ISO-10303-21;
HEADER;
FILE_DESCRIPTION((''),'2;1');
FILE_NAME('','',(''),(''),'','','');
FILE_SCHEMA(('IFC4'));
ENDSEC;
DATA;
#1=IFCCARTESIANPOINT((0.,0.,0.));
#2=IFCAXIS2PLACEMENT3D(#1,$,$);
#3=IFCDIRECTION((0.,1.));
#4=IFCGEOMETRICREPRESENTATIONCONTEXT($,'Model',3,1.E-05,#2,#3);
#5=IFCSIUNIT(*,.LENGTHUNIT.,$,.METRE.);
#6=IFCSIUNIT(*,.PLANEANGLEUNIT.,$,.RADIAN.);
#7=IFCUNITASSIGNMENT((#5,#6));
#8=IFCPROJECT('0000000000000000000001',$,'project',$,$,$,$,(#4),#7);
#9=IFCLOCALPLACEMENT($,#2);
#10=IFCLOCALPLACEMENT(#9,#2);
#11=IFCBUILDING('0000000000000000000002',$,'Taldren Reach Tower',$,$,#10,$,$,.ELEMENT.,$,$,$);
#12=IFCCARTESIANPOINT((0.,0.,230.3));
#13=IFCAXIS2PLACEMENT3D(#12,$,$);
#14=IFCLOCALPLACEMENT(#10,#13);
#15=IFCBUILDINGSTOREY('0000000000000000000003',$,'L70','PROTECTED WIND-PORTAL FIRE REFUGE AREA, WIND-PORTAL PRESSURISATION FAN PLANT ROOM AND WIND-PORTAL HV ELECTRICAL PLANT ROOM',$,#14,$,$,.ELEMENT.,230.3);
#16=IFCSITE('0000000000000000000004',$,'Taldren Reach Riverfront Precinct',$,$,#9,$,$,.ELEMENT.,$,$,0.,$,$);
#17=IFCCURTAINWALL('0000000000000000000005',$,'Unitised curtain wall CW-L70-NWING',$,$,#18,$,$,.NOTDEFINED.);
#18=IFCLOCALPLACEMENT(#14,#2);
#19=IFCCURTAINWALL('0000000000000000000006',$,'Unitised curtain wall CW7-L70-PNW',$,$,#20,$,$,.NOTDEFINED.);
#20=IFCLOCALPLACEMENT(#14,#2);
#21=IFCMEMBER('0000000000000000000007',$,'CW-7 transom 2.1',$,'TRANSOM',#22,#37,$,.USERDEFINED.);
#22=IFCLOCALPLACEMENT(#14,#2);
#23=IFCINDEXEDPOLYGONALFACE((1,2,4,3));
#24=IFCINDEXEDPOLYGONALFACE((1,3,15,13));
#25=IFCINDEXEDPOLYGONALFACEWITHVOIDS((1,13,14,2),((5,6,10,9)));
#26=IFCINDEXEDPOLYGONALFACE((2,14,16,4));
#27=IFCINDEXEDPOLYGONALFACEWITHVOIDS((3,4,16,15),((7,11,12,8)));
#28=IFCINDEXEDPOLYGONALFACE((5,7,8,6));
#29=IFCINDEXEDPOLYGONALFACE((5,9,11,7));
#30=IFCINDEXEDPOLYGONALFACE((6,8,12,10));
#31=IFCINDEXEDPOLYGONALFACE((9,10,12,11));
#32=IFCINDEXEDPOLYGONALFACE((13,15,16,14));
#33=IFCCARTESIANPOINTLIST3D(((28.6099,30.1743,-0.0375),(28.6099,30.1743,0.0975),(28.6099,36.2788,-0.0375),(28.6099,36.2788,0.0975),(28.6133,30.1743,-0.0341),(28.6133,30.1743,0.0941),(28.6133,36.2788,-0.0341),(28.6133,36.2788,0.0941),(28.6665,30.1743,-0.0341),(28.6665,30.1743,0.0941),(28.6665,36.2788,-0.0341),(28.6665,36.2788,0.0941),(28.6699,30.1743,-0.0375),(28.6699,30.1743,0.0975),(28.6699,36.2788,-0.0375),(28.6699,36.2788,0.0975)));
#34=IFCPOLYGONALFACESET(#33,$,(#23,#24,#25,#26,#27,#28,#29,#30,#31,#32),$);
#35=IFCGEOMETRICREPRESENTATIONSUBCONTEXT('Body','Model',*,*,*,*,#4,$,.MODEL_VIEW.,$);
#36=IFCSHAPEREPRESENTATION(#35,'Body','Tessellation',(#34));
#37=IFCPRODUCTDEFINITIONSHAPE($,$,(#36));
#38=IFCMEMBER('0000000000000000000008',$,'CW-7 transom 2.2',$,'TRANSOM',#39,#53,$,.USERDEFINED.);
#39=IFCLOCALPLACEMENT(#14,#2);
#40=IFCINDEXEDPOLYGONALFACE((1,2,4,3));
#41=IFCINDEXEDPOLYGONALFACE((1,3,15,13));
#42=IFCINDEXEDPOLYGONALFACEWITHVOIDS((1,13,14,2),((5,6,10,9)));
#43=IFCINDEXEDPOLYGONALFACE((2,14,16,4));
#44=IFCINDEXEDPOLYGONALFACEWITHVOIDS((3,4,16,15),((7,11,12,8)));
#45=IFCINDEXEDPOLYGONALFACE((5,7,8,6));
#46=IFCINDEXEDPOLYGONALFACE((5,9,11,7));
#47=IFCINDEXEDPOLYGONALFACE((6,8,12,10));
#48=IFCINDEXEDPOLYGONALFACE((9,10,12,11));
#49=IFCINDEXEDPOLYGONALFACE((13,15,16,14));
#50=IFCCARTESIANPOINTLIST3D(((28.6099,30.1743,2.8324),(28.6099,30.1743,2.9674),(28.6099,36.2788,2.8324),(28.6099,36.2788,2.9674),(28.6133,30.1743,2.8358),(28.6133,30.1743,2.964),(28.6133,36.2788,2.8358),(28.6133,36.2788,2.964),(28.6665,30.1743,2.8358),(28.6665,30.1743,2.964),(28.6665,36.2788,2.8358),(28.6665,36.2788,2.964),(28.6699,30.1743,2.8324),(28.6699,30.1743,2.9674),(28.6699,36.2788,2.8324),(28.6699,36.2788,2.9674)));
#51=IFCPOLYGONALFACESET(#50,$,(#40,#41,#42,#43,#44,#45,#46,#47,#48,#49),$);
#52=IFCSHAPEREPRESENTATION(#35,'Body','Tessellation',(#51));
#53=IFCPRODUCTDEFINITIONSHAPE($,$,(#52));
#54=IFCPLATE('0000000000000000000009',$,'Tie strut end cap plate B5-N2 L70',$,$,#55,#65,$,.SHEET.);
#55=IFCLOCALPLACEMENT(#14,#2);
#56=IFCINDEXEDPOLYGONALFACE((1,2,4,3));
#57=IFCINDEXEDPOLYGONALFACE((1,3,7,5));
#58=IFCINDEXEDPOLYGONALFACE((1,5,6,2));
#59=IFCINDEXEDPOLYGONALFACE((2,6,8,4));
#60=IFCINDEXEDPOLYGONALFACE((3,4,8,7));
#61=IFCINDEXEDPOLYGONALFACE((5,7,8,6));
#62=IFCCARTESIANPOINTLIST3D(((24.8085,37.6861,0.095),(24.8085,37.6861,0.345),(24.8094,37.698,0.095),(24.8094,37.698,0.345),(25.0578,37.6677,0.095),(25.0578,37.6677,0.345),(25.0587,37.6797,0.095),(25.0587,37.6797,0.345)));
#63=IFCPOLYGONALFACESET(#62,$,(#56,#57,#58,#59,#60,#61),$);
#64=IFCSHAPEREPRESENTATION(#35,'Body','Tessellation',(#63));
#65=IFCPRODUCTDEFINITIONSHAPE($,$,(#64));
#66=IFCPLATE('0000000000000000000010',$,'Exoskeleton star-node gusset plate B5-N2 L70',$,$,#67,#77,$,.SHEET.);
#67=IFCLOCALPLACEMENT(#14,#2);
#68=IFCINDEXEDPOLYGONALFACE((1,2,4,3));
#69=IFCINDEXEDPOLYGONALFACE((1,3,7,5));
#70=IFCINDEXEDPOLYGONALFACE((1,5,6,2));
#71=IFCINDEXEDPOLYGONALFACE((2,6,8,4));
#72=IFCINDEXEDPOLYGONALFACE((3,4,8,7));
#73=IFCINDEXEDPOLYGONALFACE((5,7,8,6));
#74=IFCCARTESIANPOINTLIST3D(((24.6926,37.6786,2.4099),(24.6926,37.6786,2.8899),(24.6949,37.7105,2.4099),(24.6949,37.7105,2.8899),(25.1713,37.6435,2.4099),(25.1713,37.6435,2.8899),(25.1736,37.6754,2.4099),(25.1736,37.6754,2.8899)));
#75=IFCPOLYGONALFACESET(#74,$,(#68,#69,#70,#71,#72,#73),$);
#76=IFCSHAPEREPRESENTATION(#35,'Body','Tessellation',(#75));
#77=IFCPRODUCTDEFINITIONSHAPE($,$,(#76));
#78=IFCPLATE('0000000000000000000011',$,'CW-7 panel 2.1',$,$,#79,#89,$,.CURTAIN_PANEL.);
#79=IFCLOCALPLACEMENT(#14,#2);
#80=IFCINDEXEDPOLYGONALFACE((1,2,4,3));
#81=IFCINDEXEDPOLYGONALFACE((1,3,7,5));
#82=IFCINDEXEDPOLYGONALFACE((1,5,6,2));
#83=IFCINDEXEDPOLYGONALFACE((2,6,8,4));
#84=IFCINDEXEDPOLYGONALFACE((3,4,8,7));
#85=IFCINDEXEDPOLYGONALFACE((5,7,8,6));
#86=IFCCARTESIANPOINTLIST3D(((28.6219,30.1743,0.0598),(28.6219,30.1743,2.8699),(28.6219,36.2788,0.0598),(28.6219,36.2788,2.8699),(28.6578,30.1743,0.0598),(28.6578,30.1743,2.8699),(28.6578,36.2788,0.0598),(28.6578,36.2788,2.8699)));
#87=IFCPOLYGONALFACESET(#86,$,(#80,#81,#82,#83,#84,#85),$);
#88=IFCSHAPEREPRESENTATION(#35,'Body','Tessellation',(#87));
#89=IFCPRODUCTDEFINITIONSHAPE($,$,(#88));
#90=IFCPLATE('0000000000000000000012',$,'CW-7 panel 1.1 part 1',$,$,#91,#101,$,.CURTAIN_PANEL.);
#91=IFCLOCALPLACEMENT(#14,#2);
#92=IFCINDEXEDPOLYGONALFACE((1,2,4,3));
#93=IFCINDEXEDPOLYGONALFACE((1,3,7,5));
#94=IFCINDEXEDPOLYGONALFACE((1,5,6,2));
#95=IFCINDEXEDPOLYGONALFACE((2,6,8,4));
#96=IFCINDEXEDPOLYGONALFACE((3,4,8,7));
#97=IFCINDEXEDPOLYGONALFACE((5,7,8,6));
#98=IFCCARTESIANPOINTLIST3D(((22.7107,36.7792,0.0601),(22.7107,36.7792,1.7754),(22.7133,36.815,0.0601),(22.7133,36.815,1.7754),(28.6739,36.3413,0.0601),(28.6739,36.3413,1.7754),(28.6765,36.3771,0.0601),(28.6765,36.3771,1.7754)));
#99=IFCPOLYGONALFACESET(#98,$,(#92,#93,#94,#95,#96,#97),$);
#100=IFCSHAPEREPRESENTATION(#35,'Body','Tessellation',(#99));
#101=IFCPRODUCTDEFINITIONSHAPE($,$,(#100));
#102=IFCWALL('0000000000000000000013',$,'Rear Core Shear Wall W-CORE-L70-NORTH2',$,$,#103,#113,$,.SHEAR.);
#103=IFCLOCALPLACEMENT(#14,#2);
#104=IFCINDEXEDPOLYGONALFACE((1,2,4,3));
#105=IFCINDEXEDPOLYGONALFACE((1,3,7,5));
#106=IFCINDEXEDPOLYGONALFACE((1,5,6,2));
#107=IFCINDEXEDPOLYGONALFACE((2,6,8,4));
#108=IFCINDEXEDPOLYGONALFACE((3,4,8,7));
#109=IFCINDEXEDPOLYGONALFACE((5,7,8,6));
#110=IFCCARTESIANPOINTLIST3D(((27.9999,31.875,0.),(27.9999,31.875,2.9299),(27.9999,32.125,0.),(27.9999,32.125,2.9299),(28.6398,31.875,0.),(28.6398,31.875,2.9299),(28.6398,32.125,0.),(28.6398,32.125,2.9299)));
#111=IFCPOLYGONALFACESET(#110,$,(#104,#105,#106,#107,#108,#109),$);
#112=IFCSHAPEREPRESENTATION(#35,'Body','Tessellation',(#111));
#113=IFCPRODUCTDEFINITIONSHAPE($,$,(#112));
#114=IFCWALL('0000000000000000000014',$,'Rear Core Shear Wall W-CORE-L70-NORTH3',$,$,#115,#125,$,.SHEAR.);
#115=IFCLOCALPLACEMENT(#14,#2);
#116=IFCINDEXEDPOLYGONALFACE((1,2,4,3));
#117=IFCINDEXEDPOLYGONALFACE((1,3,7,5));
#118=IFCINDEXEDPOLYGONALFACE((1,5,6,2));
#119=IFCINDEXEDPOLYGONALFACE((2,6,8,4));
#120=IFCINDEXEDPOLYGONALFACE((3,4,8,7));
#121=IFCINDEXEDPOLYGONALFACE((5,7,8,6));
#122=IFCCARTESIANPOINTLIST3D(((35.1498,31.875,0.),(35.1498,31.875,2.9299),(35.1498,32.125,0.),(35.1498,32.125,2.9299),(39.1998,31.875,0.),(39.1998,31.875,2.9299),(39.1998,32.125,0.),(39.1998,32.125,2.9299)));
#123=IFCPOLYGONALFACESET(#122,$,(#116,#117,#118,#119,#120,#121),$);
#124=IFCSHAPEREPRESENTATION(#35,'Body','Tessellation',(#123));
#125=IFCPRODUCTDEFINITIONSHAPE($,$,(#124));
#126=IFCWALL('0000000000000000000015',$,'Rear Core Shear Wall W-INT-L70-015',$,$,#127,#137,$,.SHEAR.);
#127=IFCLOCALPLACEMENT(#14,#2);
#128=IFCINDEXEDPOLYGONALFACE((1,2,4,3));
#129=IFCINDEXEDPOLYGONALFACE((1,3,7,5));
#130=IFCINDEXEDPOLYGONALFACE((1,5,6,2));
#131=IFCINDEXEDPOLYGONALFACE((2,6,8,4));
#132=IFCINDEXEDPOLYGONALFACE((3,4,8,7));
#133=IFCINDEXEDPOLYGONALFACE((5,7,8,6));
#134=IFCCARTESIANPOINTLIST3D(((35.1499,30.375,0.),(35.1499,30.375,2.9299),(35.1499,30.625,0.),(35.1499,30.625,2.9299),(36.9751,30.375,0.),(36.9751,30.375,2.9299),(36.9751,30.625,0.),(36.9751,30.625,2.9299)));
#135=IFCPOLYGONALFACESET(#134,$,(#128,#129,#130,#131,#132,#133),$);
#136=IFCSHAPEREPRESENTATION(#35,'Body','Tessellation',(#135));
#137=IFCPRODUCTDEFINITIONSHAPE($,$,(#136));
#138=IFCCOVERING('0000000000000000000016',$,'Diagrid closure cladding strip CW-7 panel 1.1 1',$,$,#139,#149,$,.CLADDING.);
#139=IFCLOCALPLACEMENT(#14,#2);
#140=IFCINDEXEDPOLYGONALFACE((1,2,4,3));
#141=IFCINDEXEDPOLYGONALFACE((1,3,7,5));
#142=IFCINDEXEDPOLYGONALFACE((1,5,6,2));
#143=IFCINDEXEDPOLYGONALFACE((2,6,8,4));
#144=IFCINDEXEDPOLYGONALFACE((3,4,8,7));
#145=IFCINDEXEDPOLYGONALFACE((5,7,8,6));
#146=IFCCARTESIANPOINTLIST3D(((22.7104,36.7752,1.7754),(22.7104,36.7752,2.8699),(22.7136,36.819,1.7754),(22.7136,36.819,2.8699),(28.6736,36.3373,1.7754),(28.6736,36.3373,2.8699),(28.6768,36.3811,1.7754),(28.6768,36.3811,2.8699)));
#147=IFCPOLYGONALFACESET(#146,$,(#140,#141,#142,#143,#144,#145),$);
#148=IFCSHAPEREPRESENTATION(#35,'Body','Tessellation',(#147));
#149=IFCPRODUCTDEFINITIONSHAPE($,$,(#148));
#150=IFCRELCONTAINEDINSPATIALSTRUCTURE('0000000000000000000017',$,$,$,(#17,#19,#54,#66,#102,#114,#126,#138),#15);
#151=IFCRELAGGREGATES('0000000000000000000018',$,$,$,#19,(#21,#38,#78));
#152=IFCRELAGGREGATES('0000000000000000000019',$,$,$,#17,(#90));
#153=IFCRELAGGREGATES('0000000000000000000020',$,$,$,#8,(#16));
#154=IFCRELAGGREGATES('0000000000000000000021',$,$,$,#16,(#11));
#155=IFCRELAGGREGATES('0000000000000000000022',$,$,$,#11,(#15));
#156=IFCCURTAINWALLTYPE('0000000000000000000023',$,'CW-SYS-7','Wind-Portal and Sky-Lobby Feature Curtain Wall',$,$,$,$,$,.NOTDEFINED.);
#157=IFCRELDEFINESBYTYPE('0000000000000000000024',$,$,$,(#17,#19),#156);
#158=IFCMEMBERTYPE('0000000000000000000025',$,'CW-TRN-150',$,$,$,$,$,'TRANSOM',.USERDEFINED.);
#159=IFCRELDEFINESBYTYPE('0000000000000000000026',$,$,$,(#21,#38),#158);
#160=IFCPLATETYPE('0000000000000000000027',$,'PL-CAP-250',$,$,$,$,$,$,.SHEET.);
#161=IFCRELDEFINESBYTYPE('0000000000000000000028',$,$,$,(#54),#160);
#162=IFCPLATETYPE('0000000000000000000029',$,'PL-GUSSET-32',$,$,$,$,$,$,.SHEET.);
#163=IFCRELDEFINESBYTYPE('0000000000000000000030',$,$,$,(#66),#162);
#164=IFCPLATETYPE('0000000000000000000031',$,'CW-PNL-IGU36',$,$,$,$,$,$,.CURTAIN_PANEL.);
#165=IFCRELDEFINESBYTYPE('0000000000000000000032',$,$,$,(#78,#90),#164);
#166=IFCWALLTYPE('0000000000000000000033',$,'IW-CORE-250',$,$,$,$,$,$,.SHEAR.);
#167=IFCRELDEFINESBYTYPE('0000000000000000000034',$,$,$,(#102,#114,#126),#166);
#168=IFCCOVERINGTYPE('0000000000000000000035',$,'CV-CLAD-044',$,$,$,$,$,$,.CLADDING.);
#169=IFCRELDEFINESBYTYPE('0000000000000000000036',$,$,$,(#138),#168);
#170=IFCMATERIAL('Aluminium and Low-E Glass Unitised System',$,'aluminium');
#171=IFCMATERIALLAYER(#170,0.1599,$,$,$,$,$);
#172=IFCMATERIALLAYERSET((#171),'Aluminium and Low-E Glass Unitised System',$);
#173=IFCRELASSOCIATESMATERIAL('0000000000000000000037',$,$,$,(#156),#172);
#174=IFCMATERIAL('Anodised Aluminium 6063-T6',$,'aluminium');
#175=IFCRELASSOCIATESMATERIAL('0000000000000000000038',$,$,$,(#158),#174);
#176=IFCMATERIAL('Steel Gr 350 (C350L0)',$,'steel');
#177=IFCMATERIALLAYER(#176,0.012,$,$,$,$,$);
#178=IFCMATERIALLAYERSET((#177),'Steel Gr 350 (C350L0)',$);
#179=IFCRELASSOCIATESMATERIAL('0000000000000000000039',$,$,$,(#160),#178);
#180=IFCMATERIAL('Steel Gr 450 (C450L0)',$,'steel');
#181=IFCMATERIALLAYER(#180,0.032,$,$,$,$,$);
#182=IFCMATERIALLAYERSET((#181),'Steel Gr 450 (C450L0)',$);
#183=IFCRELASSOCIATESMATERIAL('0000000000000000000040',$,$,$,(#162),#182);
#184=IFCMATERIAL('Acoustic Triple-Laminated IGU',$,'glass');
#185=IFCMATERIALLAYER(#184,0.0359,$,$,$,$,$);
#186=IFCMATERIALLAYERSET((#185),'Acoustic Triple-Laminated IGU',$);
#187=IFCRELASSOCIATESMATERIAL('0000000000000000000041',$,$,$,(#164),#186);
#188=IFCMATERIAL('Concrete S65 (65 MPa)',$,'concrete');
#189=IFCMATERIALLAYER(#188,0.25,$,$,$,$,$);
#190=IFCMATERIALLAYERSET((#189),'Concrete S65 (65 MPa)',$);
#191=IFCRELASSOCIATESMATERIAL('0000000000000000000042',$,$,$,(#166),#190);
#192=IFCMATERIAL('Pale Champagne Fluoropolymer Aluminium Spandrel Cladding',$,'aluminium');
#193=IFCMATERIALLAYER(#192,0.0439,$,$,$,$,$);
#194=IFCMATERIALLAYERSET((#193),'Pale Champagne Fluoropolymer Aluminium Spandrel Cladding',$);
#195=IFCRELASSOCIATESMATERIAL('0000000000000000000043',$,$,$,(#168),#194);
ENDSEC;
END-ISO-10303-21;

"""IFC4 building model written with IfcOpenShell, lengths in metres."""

from ifc_helpers import new_model, si_unit, direction, frame, frame_2d, origin, origin_2d, place, context, subcontext, project, spatial, rectangle, hollow_rectangle, extrude, source, transform, mapped, material, layer, layer_set, material_profile, profile_set, type_object, element, aggregate, save


model = new_model("IFC4")

# Units and contexts
model_context = context("Model", 3, precision=1e-05, world=origin(), true_north=direction((0.0, 1.0)))
body_context = subcontext(model_context, "Body", "Model", "MODEL_VIEW")
ifc_project = project(units=[si_unit("LENGTHUNIT", "METRE"), si_unit("PLANEANGLEUNIT", "RADIAN")], contexts=[model_context])

# Site, building, storey
site_placement = place(None, origin())
site = spatial("IfcSite", under=ifc_project, at=site_placement, Name="Taldren Reach Riverfront Precinct", CompositionType="ELEMENT", RefElevation=0.0)
building_placement = place(site_placement, origin())
building = spatial("IfcBuilding", under=site, at=building_placement, Name="Taldren Reach Tower", CompositionType="ELEMENT")
storey_placement = place(building_placement, frame((0.0, 0.0, 230.3)))
storey = spatial("IfcBuildingStorey", under=building, at=storey_placement, Name="L70", Description="PROTECTED WIND-PORTAL FIRE REFUGE AREA, WIND-PORTAL PRESSURISATION FAN PLANT ROOM AND WIND-PORTAL HV ELECTRICAL PLANT ROOM", CompositionType="ELEMENT", Elevation=230.3)

# Shared definitions
ifc_material_1 = material(Name="Steel Gr 450 (C450L0)", Category="steel")
ifc_material_2 = material(Name="Steel Gr 350 (C350L0)", Category="steel")

# Shared definitions
ifc_material_3 = material(Name="Aluminium and Low-E Glass Unitised System", Category="aluminium")
ifc_layer_1 = layer(ifc_material_3, 0.1599)
ifc_layer_set_1 = layer_set([ifc_layer_1], Name="Aluminium and Low-E Glass Unitised System")
curtain_wall_type = type_object("IfcCurtainWallType", Name="CW-SYS-7", Description="Wind-Portal and Sky-Lobby Feature Curtain Wall", PredefinedType="NOTDEFINED", material=ifc_layer_set_1)
ifc_material_4 = material(Name="Anodised Aluminium 6063-T6", Category="aluminium")

# Curtain wall
curtain_wall_1_placement = place(storey_placement, origin())
curtain_wall_1 = element("IfcCurtainWall", 1, at=curtain_wall_1_placement, inside=storey, type_object=curtain_wall_type, Name="Unitised curtain wall CW-L70-NWING", PredefinedType="NOTDEFINED")

# Curtain wall
curtain_wall_2_placement = place(storey_placement, origin())
curtain_wall_2 = element("IfcCurtainWall", 2, at=curtain_wall_2_placement, inside=storey, type_object=curtain_wall_type, Name="Unitised curtain wall CW7-L70-PNW", PredefinedType="NOTDEFINED")

# Members
ifc_material_profile_1 = material_profile(ifc_material_4, hollow_rectangle(XDim=0.0601, YDim=0.135, WallThickness=0.0034, at=origin_2d()), Name="ALU-135x60x3.5RHS")
ifc_profile_set_1 = profile_set([ifc_material_profile_1], Name="Anodised Aluminium 6063-T6")
member_type_1 = type_object("IfcMemberType", Name="CW-TRN-150", ElementType="TRANSOM", PredefinedType="USERDEFINED", material=ifc_profile_set_1)
shared_shape_1 = source(origin(), body_context, "Body", "SweptSolid", [
    extrude(hollow_rectangle(XDim=0.0601, YDim=0.135, WallThickness=0.0034, at=origin_2d()), origin(), (0.0, 0.0, 1.0), 6.1045),
])
member_1_placement = place(storey_placement, frame((28.6399, 30.1743, 0.03), z_axis=(0.0, 1.0, 0.0), x_axis=(-1.0, 0.0, 0.0)))
member_1 = element("IfcMember", 3, at=member_1_placement, type_object=member_type_1, Name="CW-7 transom 2.1", ObjectType="TRANSOM", PredefinedType="USERDEFINED", context=body_context, shape_type="MappedRepresentation", body=[
    mapped(shared_shape_1, transform((0.0, 0.0, 0.0), scale=1.0)),
])
member_2_placement = place(storey_placement, frame((28.6399, 30.1743, 2.8999), z_axis=(0.0, 1.0, 0.0), x_axis=(-1.0, 0.0, 0.0)))
member_2 = element("IfcMember", 4, at=member_2_placement, type_object=member_type_1, Name="CW-7 transom 2.2", ObjectType="TRANSOM", PredefinedType="USERDEFINED", context=body_context, shape_type="MappedRepresentation", body=[
    mapped(shared_shape_1, transform((0.0, 0.0, 0.0), scale=1.0)),
])

# Plates
ifc_layer_2 = layer(ifc_material_2, 0.012)
ifc_layer_set_2 = layer_set([ifc_layer_2], Name="Steel Gr 350 (C350L0)")
plate_type_1 = type_object("IfcPlateType", Name="PL-CAP-250", PredefinedType="SHEET", material=ifc_layer_set_2)
shared_shape_2 = source(origin(), body_context, "Body", "SweptSolid", [
    extrude(rectangle(XDim=0.25, YDim=0.012, at=origin_2d()), origin(), (0.0, 0.0, 1.0), 0.25),
])
plate_1_placement = place(storey_placement, frame((24.9336, 37.6829, 0.095), z_axis=(0.0, 0.0, 1.0), x_axis=(0.997314, -0.073238, 0.0)))
element("IfcPlate", 5, at=plate_1_placement, inside=storey, type_object=plate_type_1, Name="Tie strut end cap plate B5-N2 L70", PredefinedType="SHEET", context=body_context, shape_type="MappedRepresentation", body=[
    mapped(shared_shape_2, transform((0.0, 0.0, 0.0), scale=1.0)),
])
ifc_layer_3 = layer(ifc_material_1, 0.032)
ifc_layer_set_3 = layer_set([ifc_layer_3], Name="Steel Gr 450 (C450L0)")
plate_type_2 = type_object("IfcPlateType", Name="PL-GUSSET-32", PredefinedType="SHEET", material=ifc_layer_set_3)
shared_shape_3 = source(origin(), body_context, "Body", "SweptSolid", [
    extrude(rectangle(XDim=0.48, YDim=0.032, at=origin_2d()), origin(), (0.0, 0.0, 1.0), 0.48),
])
plate_2_placement = place(storey_placement, frame((24.9331, 37.677, 2.4099), z_axis=(0.0, 0.0, 1.0), x_axis=(0.997314, -0.073238, 0.0)))
element("IfcPlate", 6, at=plate_2_placement, inside=storey, type_object=plate_type_2, Name="Exoskeleton star-node gusset plate B5-N2 L70", PredefinedType="SHEET", context=body_context, shape_type="MappedRepresentation", body=[
    mapped(shared_shape_3, transform((0.0, 0.0, 0.0), scale=1.0)),
])

# Plates
ifc_material_5 = material(Name="Acoustic Triple-Laminated IGU", Category="glass")
ifc_layer_4 = layer(ifc_material_5, 0.0359)
ifc_layer_set_4 = layer_set([ifc_layer_4], Name="Acoustic Triple-Laminated IGU")
plate_type_3 = type_object("IfcPlateType", Name="CW-PNL-IGU36", PredefinedType="CURTAIN_PANEL", material=ifc_layer_set_4)
shared_shape_4 = source(origin(), body_context, "Body", "SweptSolid", [
    extrude(rectangle(XDim=6.1045, YDim=0.0359, at=origin_2d()), origin(), (0.0, 0.0, 1.0), 2.8101),
])
plate_3_placement = place(storey_placement, frame((28.6399, 33.2266, 0.0598), z_axis=(0.0, 0.0, 1.0), x_axis=(0.0, 1.0, 0.0)))
plate_3 = element("IfcPlate", 7, at=plate_3_placement, type_object=plate_type_3, Name="CW-7 panel 2.1", PredefinedType="CURTAIN_PANEL", context=body_context, shape_type="MappedRepresentation", body=[
    mapped(shared_shape_4, transform((0.0, 0.0, 0.0), scale=1.0)),
])
aggregate(curtain_wall_2, [member_1, member_2, plate_3])
shared_shape_5 = source(origin(), body_context, "Body", "SweptSolid", [
    extrude(rectangle(XDim=5.9792, YDim=0.0359, at=origin_2d()), origin(), (0.0, 0.0, 1.0), 1.7153),
])
plate_4_placement = place(storey_placement, frame((25.6936, 36.5781, 0.0601), z_axis=(0.0, 0.0, 1.0), x_axis=(-0.997314, 0.073238, 0.0)))
plate_4 = element("IfcPlate", 8, at=plate_4_placement, type_object=plate_type_3, Name="CW-7 panel 1.1 part 1", PredefinedType="CURTAIN_PANEL", context=body_context, shape_type="MappedRepresentation", body=[
    mapped(shared_shape_5, transform((0.0, 0.0, 0.0), scale=1.0)),
])
aggregate(curtain_wall_1, [plate_4])

# Walls
ifc_material_6 = material(Name="Concrete S65 (65 MPa)", Category="concrete")
ifc_layer_5 = layer(ifc_material_6, 0.25)
ifc_layer_set_5 = layer_set([ifc_layer_5], Name="Concrete S65 (65 MPa)")
wall_type = type_object("IfcWallType", Name="IW-CORE-250", PredefinedType="SHEAR", material=ifc_layer_set_5)
shared_shape_6 = source(origin(), body_context, "Body", "SweptSolid", [
    extrude(rectangle(XDim=0.6399, YDim=0.25, at=frame_2d((0.3198, 0.0))), origin(), (0.0, 0.0, 1.0), 2.9299),
])
wall_1_placement = place(storey_placement, frame((28.0, 32.0, 0.0), z_axis=(0.0, 0.0, 1.0), x_axis=(1.0, 0.0, 0.0)))
element("IfcWall", 9, at=wall_1_placement, inside=storey, type_object=wall_type, Name="Rear Core Shear Wall W-CORE-L70-NORTH2", PredefinedType="SHEAR", context=body_context, shape_type="MappedRepresentation", body=[
    mapped(shared_shape_6, transform((0.0, 0.0, 0.0), scale=1.0)),
])
shared_shape_7 = source(origin(), body_context, "Body", "SweptSolid", [
    extrude(rectangle(XDim=4.05, YDim=0.25, at=frame_2d((2.0249, 0.0))), origin(), (0.0, 0.0, 1.0), 2.9299),
])
wall_2_placement = place(storey_placement, frame((35.1499, 32.0, 0.0), z_axis=(0.0, 0.0, 1.0), x_axis=(1.0, 0.0, 0.0)))
element("IfcWall", 10, at=wall_2_placement, inside=storey, type_object=wall_type, Name="Rear Core Shear Wall W-CORE-L70-NORTH3", PredefinedType="SHEAR", context=body_context, shape_type="MappedRepresentation", body=[
    mapped(shared_shape_7, transform((0.0, 0.0, 0.0), scale=1.0)),
])
shared_shape_8 = source(origin(), body_context, "Body", "SweptSolid", [
    extrude(rectangle(XDim=1.8252, YDim=0.25, at=frame_2d((0.9126, 0.0))), origin(), (0.0, 0.0, 1.0), 2.9299),
])
wall_3_placement = place(storey_placement, frame((35.1499, 30.5, 0.0), z_axis=(0.0, 0.0, 1.0), x_axis=(1.0, 0.0, 0.0)))
element("IfcWall", 11, at=wall_3_placement, inside=storey, type_object=wall_type, Name="Rear Core Shear Wall W-INT-L70-015", PredefinedType="SHEAR", context=body_context, shape_type="MappedRepresentation", body=[
    mapped(shared_shape_8, transform((0.0, 0.0, 0.0), scale=1.0)),
])

# Covering
ifc_material_7 = material(Name="Pale Champagne Fluoropolymer Aluminium Spandrel Cladding", Category="aluminium")
ifc_layer_6 = layer(ifc_material_7, 0.0439)
ifc_layer_set_6 = layer_set([ifc_layer_6], Name="Pale Champagne Fluoropolymer Aluminium Spandrel Cladding")
covering_type = type_object("IfcCoveringType", Name="CV-CLAD-044", PredefinedType="CLADDING", material=ifc_layer_set_6)
shared_shape_9 = source(origin(), body_context, "Body", "SweptSolid", [
    extrude(rectangle(XDim=5.9792, YDim=0.0439, at=origin_2d()), origin(), (0.0, 0.0, 1.0), 1.0945),
])
covering_placement = place(storey_placement, frame((25.6936, 36.5781, 1.7754), z_axis=(0.0, 0.0, 1.0), x_axis=(-0.997314, 0.073238, 0.0)))
element("IfcCovering", 12, at=covering_placement, inside=storey, type_object=covering_type, Name="Diagrid closure cladding strip CW-7 panel 1.1 1", PredefinedType="CLADDING", context=body_context, shape_type="MappedRepresentation", body=[
    mapped(shared_shape_9, transform((0.0, 0.0, 0.0), scale=1.0)),
])

save(model, "model.ifc")
